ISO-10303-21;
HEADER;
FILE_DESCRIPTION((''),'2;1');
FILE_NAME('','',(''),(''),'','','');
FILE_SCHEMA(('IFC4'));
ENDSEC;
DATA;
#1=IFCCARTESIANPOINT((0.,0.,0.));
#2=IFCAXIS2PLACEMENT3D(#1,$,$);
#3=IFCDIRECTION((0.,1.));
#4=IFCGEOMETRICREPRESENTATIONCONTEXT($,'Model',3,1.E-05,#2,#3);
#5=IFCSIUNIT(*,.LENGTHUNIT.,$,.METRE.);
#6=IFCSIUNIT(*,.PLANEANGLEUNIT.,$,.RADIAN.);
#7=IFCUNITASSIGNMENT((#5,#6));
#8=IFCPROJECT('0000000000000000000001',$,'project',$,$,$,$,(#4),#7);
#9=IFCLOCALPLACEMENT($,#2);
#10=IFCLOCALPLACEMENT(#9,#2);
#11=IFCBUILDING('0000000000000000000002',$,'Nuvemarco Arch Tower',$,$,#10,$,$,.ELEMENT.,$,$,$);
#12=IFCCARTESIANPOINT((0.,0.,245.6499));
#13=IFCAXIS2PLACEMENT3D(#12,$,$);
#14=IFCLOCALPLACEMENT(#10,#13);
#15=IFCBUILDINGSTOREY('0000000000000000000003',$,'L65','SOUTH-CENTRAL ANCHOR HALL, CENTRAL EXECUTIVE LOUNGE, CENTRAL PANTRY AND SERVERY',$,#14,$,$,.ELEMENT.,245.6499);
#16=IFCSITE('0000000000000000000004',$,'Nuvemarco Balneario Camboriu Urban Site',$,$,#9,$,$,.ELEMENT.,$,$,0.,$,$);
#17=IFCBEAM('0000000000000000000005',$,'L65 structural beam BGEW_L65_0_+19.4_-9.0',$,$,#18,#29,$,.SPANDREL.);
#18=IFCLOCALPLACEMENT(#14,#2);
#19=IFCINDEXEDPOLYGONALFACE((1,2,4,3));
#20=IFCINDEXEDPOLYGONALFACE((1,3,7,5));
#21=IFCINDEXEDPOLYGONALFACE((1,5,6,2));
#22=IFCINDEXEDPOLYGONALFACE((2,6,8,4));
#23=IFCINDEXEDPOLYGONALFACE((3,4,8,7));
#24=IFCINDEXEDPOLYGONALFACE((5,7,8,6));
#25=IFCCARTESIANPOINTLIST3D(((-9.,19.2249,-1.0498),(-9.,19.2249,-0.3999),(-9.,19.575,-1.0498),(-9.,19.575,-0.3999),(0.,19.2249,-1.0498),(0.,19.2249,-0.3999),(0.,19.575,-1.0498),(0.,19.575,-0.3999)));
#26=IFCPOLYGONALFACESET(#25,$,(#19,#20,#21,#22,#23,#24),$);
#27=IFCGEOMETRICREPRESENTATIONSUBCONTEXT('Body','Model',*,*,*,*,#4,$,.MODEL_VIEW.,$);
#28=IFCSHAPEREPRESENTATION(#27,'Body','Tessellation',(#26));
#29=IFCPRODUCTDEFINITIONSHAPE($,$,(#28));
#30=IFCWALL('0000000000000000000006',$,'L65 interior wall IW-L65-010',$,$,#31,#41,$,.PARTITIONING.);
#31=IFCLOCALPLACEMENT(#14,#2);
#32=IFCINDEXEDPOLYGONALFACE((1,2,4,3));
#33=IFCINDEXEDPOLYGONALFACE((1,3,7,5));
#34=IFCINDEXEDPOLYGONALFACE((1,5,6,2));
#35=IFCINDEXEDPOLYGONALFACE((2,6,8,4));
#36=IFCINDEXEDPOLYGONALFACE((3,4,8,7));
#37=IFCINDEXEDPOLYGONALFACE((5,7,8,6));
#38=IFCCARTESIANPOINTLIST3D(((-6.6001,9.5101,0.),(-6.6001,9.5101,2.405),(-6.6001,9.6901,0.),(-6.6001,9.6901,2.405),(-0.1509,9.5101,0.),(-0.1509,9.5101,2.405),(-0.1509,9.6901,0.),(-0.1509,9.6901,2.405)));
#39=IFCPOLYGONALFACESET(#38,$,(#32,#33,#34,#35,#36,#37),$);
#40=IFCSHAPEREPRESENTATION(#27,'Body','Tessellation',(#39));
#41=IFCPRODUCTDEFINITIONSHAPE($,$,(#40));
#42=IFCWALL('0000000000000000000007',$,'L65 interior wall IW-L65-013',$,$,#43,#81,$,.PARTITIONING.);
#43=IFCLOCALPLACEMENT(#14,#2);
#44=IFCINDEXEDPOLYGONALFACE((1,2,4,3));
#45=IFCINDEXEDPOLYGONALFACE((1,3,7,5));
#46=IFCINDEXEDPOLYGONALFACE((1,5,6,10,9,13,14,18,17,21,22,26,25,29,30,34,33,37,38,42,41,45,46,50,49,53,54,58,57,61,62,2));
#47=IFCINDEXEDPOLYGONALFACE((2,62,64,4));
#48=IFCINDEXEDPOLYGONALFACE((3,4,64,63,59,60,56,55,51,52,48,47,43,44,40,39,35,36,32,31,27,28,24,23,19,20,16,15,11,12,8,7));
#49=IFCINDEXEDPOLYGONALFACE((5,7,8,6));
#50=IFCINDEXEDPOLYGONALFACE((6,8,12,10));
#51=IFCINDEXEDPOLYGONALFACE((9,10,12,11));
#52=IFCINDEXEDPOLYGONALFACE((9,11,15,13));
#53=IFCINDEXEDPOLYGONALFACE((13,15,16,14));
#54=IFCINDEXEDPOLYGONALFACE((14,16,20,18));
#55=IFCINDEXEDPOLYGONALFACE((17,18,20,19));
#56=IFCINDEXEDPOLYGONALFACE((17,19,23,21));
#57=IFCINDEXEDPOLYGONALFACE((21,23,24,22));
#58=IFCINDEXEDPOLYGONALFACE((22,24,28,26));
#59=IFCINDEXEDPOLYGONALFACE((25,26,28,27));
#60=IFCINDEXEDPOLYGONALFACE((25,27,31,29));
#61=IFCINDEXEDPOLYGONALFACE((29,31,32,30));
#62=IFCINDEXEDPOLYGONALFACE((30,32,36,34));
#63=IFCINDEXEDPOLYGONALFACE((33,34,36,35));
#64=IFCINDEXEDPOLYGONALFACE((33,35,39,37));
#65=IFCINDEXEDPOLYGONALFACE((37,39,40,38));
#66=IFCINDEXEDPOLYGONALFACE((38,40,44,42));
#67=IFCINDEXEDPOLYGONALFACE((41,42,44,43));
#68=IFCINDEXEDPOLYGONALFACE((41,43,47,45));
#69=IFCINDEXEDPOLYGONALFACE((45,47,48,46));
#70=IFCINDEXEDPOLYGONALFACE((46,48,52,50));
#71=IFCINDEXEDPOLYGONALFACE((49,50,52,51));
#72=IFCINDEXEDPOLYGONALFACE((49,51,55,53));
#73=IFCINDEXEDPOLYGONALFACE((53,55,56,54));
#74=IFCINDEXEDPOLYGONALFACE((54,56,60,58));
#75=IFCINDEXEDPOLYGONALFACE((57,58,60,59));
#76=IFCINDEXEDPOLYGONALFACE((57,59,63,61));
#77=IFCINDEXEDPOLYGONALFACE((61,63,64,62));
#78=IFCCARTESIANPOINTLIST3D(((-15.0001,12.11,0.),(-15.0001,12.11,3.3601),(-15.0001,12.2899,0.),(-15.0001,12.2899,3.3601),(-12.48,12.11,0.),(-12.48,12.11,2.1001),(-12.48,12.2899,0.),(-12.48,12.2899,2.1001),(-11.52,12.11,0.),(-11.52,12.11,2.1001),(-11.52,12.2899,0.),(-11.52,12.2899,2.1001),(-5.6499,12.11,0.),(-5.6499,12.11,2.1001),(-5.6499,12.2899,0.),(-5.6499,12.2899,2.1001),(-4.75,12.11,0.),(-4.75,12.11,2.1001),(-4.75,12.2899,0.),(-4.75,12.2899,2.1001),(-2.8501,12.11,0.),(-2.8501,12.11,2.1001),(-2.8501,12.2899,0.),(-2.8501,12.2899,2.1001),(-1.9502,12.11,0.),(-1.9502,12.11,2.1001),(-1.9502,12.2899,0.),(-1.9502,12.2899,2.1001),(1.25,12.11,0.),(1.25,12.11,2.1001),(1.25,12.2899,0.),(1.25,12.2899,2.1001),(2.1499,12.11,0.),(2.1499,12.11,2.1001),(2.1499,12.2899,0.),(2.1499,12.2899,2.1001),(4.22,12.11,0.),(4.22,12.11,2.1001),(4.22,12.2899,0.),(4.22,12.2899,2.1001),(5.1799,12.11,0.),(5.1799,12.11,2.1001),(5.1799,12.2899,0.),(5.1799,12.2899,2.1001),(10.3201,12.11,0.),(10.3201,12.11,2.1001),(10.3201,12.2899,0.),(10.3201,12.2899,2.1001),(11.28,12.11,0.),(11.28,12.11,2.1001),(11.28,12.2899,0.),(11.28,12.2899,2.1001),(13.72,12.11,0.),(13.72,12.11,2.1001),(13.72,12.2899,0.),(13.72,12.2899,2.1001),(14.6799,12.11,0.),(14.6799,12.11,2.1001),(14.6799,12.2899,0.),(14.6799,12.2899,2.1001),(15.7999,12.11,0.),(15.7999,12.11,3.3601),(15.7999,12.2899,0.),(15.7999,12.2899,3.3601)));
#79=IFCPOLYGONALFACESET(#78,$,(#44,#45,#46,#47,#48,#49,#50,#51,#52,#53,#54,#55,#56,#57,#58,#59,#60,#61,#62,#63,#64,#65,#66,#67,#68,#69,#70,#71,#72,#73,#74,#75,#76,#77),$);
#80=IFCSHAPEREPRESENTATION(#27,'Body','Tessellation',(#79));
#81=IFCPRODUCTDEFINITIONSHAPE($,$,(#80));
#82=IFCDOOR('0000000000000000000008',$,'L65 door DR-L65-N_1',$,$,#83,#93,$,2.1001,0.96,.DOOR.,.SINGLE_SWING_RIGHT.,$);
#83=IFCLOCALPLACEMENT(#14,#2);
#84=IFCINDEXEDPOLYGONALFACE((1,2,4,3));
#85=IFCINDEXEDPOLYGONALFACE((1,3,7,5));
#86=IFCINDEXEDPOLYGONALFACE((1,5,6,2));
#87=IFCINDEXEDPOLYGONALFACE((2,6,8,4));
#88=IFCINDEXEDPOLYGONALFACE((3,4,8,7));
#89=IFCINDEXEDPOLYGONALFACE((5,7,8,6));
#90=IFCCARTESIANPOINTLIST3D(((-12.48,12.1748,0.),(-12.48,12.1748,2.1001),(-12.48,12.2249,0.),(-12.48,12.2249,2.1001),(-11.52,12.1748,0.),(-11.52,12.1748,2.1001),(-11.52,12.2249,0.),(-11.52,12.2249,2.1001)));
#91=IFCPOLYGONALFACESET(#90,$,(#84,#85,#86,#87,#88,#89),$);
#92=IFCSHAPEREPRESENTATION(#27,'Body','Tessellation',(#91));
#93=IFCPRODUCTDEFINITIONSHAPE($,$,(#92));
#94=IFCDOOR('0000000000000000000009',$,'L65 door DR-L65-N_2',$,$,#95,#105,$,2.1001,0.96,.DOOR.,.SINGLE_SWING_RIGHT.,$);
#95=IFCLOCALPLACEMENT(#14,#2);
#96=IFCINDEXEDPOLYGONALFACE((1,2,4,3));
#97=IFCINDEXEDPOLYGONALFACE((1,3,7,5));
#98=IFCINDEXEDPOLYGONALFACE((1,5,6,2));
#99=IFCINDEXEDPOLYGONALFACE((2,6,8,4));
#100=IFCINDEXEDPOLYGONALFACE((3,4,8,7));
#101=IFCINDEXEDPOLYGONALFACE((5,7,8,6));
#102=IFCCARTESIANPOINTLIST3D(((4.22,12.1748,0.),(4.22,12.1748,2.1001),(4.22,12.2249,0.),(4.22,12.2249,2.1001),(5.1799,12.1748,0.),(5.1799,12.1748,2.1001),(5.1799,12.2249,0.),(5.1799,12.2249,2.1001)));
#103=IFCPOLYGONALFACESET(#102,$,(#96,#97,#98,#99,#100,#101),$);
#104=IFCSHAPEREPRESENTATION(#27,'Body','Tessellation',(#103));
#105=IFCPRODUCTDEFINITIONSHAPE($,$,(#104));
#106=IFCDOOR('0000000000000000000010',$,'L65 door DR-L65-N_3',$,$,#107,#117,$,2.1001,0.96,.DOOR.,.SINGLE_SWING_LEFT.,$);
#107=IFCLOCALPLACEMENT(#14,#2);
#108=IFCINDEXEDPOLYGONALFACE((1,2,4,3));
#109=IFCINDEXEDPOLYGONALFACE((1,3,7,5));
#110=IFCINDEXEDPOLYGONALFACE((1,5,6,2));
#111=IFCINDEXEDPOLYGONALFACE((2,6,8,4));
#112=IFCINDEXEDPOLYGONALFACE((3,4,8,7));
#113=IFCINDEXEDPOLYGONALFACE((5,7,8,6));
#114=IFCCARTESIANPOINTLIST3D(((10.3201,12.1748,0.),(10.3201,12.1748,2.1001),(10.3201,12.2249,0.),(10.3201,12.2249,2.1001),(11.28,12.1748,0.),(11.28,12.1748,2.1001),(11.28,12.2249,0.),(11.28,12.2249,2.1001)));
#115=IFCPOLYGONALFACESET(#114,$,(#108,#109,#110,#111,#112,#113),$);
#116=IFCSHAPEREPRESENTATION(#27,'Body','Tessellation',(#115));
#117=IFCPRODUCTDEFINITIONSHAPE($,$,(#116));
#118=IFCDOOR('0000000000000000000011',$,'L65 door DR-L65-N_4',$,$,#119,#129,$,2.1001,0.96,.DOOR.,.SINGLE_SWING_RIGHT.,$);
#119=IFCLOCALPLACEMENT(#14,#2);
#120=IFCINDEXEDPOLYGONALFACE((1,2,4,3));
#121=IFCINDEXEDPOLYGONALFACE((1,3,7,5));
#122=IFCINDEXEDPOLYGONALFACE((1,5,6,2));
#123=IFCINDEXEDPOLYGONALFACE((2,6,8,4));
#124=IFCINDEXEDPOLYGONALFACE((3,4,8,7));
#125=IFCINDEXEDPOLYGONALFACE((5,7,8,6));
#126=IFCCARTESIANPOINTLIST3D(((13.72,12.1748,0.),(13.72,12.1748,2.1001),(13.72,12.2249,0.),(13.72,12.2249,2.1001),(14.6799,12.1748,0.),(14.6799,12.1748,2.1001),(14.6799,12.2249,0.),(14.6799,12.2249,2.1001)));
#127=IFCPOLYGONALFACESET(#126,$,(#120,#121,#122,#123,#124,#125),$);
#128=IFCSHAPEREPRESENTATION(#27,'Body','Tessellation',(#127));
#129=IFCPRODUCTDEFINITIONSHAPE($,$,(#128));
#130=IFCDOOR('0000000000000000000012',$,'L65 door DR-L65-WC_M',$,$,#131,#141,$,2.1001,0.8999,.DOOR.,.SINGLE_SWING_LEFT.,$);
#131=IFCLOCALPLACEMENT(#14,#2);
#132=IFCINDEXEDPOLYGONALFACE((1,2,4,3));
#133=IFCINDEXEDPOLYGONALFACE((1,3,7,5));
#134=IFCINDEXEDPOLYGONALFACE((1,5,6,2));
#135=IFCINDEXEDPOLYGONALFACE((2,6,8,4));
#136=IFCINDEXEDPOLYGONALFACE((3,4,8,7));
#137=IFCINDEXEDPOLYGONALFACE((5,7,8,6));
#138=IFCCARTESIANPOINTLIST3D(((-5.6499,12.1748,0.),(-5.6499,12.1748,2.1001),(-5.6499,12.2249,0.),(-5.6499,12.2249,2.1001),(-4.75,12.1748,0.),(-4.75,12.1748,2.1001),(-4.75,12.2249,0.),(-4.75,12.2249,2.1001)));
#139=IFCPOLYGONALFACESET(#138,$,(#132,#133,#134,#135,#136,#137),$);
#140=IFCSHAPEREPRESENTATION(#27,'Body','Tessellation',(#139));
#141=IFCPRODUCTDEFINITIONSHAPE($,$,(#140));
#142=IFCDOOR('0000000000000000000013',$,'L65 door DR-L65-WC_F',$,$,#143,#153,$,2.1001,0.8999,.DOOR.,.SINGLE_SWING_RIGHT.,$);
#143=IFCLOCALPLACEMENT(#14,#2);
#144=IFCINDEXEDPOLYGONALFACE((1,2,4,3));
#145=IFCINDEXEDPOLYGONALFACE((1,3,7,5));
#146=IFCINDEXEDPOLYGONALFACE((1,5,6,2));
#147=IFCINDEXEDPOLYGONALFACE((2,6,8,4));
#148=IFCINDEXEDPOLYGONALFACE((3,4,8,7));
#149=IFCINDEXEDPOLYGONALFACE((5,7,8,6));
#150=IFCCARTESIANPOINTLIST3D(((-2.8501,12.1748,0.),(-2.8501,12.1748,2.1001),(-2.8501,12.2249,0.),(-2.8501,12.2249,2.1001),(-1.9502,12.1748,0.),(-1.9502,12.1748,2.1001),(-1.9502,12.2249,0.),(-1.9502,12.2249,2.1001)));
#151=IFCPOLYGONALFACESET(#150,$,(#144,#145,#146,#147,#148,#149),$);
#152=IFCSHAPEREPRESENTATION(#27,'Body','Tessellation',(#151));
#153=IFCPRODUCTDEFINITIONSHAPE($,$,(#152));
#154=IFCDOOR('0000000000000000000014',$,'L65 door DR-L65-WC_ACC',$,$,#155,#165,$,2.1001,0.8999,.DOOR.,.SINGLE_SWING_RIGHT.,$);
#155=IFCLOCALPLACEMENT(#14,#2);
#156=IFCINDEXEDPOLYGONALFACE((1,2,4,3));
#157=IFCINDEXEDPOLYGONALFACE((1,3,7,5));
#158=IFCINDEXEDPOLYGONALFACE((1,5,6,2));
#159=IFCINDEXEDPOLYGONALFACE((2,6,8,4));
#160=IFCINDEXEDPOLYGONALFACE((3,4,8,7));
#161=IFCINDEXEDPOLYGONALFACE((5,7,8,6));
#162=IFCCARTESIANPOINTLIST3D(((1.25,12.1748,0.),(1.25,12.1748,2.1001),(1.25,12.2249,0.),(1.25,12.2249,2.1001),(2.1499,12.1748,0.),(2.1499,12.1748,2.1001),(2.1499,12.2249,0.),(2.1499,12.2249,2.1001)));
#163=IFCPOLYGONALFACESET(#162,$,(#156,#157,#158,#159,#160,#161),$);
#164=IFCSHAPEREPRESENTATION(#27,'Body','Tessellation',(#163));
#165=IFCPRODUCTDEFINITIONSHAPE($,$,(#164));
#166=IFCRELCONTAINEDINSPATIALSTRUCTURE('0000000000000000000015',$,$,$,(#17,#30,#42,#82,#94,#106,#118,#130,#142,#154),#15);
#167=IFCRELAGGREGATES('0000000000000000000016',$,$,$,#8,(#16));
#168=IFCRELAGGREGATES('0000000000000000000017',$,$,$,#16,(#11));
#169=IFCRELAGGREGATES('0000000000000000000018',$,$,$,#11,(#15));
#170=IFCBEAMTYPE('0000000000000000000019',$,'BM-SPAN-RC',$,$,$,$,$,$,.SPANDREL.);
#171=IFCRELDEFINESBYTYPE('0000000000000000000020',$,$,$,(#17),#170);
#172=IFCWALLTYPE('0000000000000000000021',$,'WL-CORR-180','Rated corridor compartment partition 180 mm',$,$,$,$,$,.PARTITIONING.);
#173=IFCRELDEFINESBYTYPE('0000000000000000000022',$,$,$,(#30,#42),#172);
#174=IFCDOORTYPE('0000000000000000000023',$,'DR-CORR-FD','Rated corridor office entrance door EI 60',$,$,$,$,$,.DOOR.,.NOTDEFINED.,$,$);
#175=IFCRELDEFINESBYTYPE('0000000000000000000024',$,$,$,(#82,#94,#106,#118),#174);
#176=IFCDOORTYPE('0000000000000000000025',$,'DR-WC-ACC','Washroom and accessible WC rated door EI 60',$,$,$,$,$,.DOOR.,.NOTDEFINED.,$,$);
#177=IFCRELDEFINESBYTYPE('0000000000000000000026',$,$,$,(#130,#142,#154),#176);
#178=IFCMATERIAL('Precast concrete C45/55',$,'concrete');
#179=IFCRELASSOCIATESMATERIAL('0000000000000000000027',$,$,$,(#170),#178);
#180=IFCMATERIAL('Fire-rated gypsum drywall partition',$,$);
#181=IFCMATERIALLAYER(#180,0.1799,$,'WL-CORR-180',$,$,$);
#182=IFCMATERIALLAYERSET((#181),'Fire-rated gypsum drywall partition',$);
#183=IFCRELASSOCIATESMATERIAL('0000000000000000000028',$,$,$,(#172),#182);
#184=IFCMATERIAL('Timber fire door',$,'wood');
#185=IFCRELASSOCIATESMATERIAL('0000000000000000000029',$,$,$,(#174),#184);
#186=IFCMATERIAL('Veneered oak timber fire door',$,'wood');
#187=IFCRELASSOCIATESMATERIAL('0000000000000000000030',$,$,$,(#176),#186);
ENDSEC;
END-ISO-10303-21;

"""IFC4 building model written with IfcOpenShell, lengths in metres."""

from ifc_helpers import new_model, si_unit, direction, frame, frame_2d, origin, origin_2d, place, context, subcontext, project, spatial, rectangle, extrude, source, transform, mapped, material, layer, layer_set, material_profile, profile_set, type_object, type_shapes, element, fill, save


model = new_model("IFC4")

# Units and contexts
model_context = context("Model", 3, precision=1e-05, world=origin(), true_north=direction((0.0, 1.0)))
body_context = subcontext(model_context, "Body", "Model", "MODEL_VIEW")
ifc_project = project(units=[si_unit("LENGTHUNIT", "METRE"), si_unit("PLANEANGLEUNIT", "RADIAN")], contexts=[model_context])

# Site, building, storey
site_placement = place(None, origin())
site = spatial("IfcSite", under=ifc_project, at=site_placement, Name="Nuvemarco Balneario Camboriu Urban Site", CompositionType="ELEMENT", RefElevation=0.0)
building_placement = place(site_placement, origin())
building = spatial("IfcBuilding", under=site, at=building_placement, Name="Nuvemarco Arch Tower", CompositionType="ELEMENT")
storey_placement = place(building_placement, frame((0.0, 0.0, 245.6499)))
storey = spatial("IfcBuildingStorey", under=building, at=storey_placement, Name="L65", Description="SOUTH-CENTRAL ANCHOR HALL, CENTRAL EXECUTIVE LOUNGE, CENTRAL PANTRY AND SERVERY", CompositionType="ELEMENT", Elevation=245.6499)

# Beam
ifc_material_1 = material(Name="Precast concrete C45/55", Category="concrete")
ifc_material_profile_1 = material_profile(ifc_material_1, rectangle(XDim=0.3501, YDim=0.6499, at=origin_2d()), Name="PC-SP-350x650")
ifc_profile_set_1 = profile_set([ifc_material_profile_1], Name="Precast concrete C45/55")
beam_type_1 = type_object("IfcBeamType", Name="BM-SPAN-RC", PredefinedType="SPANDREL", material=ifc_profile_set_1)
beam_1_placement = place(storey_placement, frame((-9.0, 19.3999, -0.7249), z_axis=(1.0, 0.0, 0.0), x_axis=(0.0, 1.0, 0.0)))
element("IfcBeam", 1, at=beam_1_placement, inside=storey, type_object=beam_type_1, Name="L65 structural beam BGEW_L65_0_+19.4_-9.0", PredefinedType="SPANDREL", context=body_context, shape_type="SweptSolid", body=[
    extrude(rectangle(XDim=0.3501, YDim=0.6499, at=origin_2d()), origin(), (0.0, 0.0, 1.0), 9.0),
])

# Wall
ifc_material_2 = material(Name="Fire-rated gypsum drywall partition")
ifc_layer_1 = layer(ifc_material_2, 0.1799, Name="WL-CORR-180")
ifc_layer_set_1 = layer_set([ifc_layer_1], Name="Fire-rated gypsum drywall partition")
wall_type_1 = type_object("IfcWallType", Name="WL-CORR-180", Description="Rated corridor compartment partition 180 mm", PredefinedType="PARTITIONING", material=ifc_layer_set_1)
wall_1_placement = place(storey_placement, frame((-6.6001, 9.6001, 0.0), z_axis=(0.0, 0.0, 1.0), x_axis=(1.0, 0.0, 0.0)))
element("IfcWall", 2, at=wall_1_placement, inside=storey, type_object=wall_type_1, Name="L65 interior wall IW-L65-010", PredefinedType="PARTITIONING", context=body_context, shape_type="SweptSolid", body=[
    extrude(rectangle(XDim=6.4492, YDim=0.1799, at=frame_2d((3.2246, 0.0))), origin(), (0.0, 0.0, 1.0), 2.405),
])

# Wall, openings, doors
wall_2_placement = place(storey_placement, frame((-15.0, 12.2, 0.0), z_axis=(0.0, 0.0, 1.0), x_axis=(1.0, 0.0, 0.0)))
wall_2 = element("IfcWall", 3, at=wall_2_placement, inside=storey, type_object=wall_type_1, Name="L65 interior wall IW-L65-013", PredefinedType="PARTITIONING", context=body_context, shape_type="SweptSolid", body=[
    extrude(rectangle(XDim=30.8, YDim=0.1799, at=frame_2d((15.3999, 0.0))), origin(), (0.0, 0.0, 1.0), 3.3601),
])
opening_1_placement = place(wall_2_placement, frame((2.52, 0.0, 0.0)))
opening_1 = element("IfcOpeningElement", 4, at=opening_1_placement, cuts=wall_2, PredefinedType="OPENING", context=body_context, shape_type="SweptSolid", body=[
    extrude(rectangle(XDim=0.96, YDim=2.1001, at=frame_2d((0.48, 1.05))), frame((0.0, 0.0999, 0.0), z_axis=(0.0, -1.0, 0.0), x_axis=(1.0, 0.0, 0.0)), (0.0, 0.0, 1.0), 0.2),
])
opening_2_placement = place(wall_2_placement, frame((19.22, 0.0, 0.0)))
opening_2 = element("IfcOpeningElement", 5, at=opening_2_placement, cuts=wall_2, PredefinedType="OPENING", context=body_context, shape_type="SweptSolid", body=[
    extrude(rectangle(XDim=0.96, YDim=2.1001, at=frame_2d((0.48, 1.05))), frame((0.0, 0.0999, 0.0), z_axis=(0.0, -1.0, 0.0), x_axis=(1.0, 0.0, 0.0)), (0.0, 0.0, 1.0), 0.2),
])
opening_3_placement = place(wall_2_placement, frame((25.3201, 0.0, 0.0)))
opening_3 = element("IfcOpeningElement", 6, at=opening_3_placement, cuts=wall_2, PredefinedType="OPENING", context=body_context, shape_type="SweptSolid", body=[
    extrude(rectangle(XDim=0.96, YDim=2.1001, at=frame_2d((0.48, 1.05))), frame((0.0, 0.0999, 0.0), z_axis=(0.0, -1.0, 0.0), x_axis=(1.0, 0.0, 0.0)), (0.0, 0.0, 1.0), 0.2),
])
opening_4_placement = place(wall_2_placement, frame((28.72, 0.0, 0.0)))
opening_4 = element("IfcOpeningElement", 7, at=opening_4_placement, cuts=wall_2, PredefinedType="OPENING", context=body_context, shape_type="SweptSolid", body=[
    extrude(rectangle(XDim=0.96, YDim=2.1001, at=frame_2d((0.48, 1.05))), frame((0.0, 0.0999, 0.0), z_axis=(0.0, -1.0, 0.0), x_axis=(1.0, 0.0, 0.0)), (0.0, 0.0, 1.0), 0.2),
])
opening_5_placement = place(wall_2_placement, frame((9.3501, 0.0, 0.0)))
opening_5 = element("IfcOpeningElement", 8, at=opening_5_placement, cuts=wall_2, PredefinedType="OPENING", context=body_context, shape_type="SweptSolid", body=[
    extrude(rectangle(XDim=0.8999, YDim=2.1001, at=frame_2d((0.45, 1.05))), frame((0.0, 0.0999, 0.0), z_axis=(0.0, -1.0, 0.0), x_axis=(1.0, 0.0, 0.0)), (0.0, 0.0, 1.0), 0.2),
])
opening_6_placement = place(wall_2_placement, frame((12.1499, 0.0, 0.0)))
opening_6 = element("IfcOpeningElement", 9, at=opening_6_placement, cuts=wall_2, PredefinedType="OPENING", context=body_context, shape_type="SweptSolid", body=[
    extrude(rectangle(XDim=0.8999, YDim=2.1001, at=frame_2d((0.45, 1.05))), frame((0.0, 0.0999, 0.0), z_axis=(0.0, -1.0, 0.0), x_axis=(1.0, 0.0, 0.0)), (0.0, 0.0, 1.0), 0.2),
])
opening_7_placement = place(wall_2_placement, frame((16.25, 0.0, 0.0)))
opening_7 = element("IfcOpeningElement", 10, at=opening_7_placement, cuts=wall_2, PredefinedType="OPENING", context=body_context, shape_type="SweptSolid", body=[
    extrude(rectangle(XDim=0.8999, YDim=2.1001, at=frame_2d((0.45, 1.05))), frame((0.0, 0.0999, 0.0), z_axis=(0.0, -1.0, 0.0), x_axis=(1.0, 0.0, 0.0)), (0.0, 0.0, 1.0), 0.2),
])
ifc_material_3 = material(Name="Timber fire door", Category="wood")
door_type_1 = type_object("IfcDoorType", Name="DR-CORR-FD", Description="Rated corridor office entrance door EI 60", OperationType="NOTDEFINED", PredefinedType="DOOR", material=ifc_material_3)
shared_shape_1 = source(origin(), body_context, "Body", "SweptSolid", [
    extrude(rectangle(XDim=0.96, YDim=2.1001, at=frame_2d((0.48, 1.05))), frame((0.0, 0.0249, 0.0), z_axis=(0.0, -1.0, 0.0), x_axis=(1.0, 0.0, 0.0)), (0.0, 0.0, 1.0), 0.05),
])
type_shapes(door_type_1, [shared_shape_1])
door_1_placement = place(opening_1_placement, origin())
door_1 = element("IfcDoor", 11, at=door_1_placement, inside=storey, type_object=door_type_1, Name="L65 door DR-L65-N_1", OperationType="SINGLE_SWING_RIGHT", OverallHeight=2.1001, OverallWidth=0.96, PredefinedType="DOOR", context=body_context, shape_type="MappedRepresentation", body=[
    mapped(shared_shape_1, transform((0.0, 0.0, 0.0), scale=1.0)),
])
fill(opening_1, door_1)
door_2_placement = place(opening_2_placement, origin())
door_2 = element("IfcDoor", 12, at=door_2_placement, inside=storey, type_object=door_type_1, Name="L65 door DR-L65-N_2", OperationType="SINGLE_SWING_RIGHT", OverallHeight=2.1001, OverallWidth=0.96, PredefinedType="DOOR", context=body_context, shape_type="MappedRepresentation", body=[
    mapped(shared_shape_1, transform((0.0, 0.0, 0.0), scale=1.0)),
])
fill(opening_2, door_2)
door_3_placement = place(opening_3_placement, origin())
door_3 = element("IfcDoor", 13, at=door_3_placement, inside=storey, type_object=door_type_1, Name="L65 door DR-L65-N_3", OperationType="SINGLE_SWING_LEFT", OverallHeight=2.1001, OverallWidth=0.96, PredefinedType="DOOR", context=body_context, shape_type="MappedRepresentation", body=[
    mapped(shared_shape_1, transform((0.0, 0.0, 0.0), scale=1.0)),
])
fill(opening_3, door_3)
door_4_placement = place(opening_4_placement, origin())
door_4 = element("IfcDoor", 14, at=door_4_placement, inside=storey, type_object=door_type_1, Name="L65 door DR-L65-N_4", OperationType="SINGLE_SWING_RIGHT", OverallHeight=2.1001, OverallWidth=0.96, PredefinedType="DOOR", context=body_context, shape_type="MappedRepresentation", body=[
    mapped(shared_shape_1, transform((0.0, 0.0, 0.0), scale=1.0)),
])
fill(opening_4, door_4)
ifc_material_4 = material(Name="Veneered oak timber fire door", Category="wood")
door_type_2 = type_object("IfcDoorType", Name="DR-WC-ACC", Description="Washroom and accessible WC rated door EI 60", OperationType="NOTDEFINED", PredefinedType="DOOR", material=ifc_material_4)
shared_shape_2 = source(origin(), body_context, "Body", "SweptSolid", [
    extrude(rectangle(XDim=0.8999, YDim=2.1001, at=frame_2d((0.45, 1.05))), frame((0.0, 0.0249, 0.0), z_axis=(0.0, -1.0, 0.0), x_axis=(1.0, 0.0, 0.0)), (0.0, 0.0, 1.0), 0.05),
])
type_shapes(door_type_2, [shared_shape_2])
door_5_placement = place(opening_5_placement, origin())
door_5 = element("IfcDoor", 15, at=door_5_placement, inside=storey, type_object=door_type_2, Name="L65 door DR-L65-WC_M", OperationType="SINGLE_SWING_LEFT", OverallHeight=2.1001, OverallWidth=0.8999, PredefinedType="DOOR", context=body_context, shape_type="MappedRepresentation", body=[
    mapped(shared_shape_2, transform((0.0, 0.0, 0.0), scale=1.0)),
])
fill(opening_5, door_5)
door_6_placement = place(opening_6_placement, origin())
door_6 = element("IfcDoor", 16, at=door_6_placement, inside=storey, type_object=door_type_2, Name="L65 door DR-L65-WC_F", OperationType="SINGLE_SWING_RIGHT", OverallHeight=2.1001, OverallWidth=0.8999, PredefinedType="DOOR", context=body_context, shape_type="MappedRepresentation", body=[
    mapped(shared_shape_2, transform((0.0, 0.0, 0.0), scale=1.0)),
])
fill(opening_6, door_6)
door_7_placement = place(opening_7_placement, origin())
door_7 = element("IfcDoor", 17, at=door_7_placement, inside=storey, type_object=door_type_2, Name="L65 door DR-L65-WC_ACC", OperationType="SINGLE_SWING_RIGHT", OverallHeight=2.1001, OverallWidth=0.8999, PredefinedType="DOOR", context=body_context, shape_type="MappedRepresentation", body=[
    mapped(shared_shape_2, transform((0.0, 0.0, 0.0), scale=1.0)),
])
fill(opening_7, door_7)

save(model, "model.ifc")
